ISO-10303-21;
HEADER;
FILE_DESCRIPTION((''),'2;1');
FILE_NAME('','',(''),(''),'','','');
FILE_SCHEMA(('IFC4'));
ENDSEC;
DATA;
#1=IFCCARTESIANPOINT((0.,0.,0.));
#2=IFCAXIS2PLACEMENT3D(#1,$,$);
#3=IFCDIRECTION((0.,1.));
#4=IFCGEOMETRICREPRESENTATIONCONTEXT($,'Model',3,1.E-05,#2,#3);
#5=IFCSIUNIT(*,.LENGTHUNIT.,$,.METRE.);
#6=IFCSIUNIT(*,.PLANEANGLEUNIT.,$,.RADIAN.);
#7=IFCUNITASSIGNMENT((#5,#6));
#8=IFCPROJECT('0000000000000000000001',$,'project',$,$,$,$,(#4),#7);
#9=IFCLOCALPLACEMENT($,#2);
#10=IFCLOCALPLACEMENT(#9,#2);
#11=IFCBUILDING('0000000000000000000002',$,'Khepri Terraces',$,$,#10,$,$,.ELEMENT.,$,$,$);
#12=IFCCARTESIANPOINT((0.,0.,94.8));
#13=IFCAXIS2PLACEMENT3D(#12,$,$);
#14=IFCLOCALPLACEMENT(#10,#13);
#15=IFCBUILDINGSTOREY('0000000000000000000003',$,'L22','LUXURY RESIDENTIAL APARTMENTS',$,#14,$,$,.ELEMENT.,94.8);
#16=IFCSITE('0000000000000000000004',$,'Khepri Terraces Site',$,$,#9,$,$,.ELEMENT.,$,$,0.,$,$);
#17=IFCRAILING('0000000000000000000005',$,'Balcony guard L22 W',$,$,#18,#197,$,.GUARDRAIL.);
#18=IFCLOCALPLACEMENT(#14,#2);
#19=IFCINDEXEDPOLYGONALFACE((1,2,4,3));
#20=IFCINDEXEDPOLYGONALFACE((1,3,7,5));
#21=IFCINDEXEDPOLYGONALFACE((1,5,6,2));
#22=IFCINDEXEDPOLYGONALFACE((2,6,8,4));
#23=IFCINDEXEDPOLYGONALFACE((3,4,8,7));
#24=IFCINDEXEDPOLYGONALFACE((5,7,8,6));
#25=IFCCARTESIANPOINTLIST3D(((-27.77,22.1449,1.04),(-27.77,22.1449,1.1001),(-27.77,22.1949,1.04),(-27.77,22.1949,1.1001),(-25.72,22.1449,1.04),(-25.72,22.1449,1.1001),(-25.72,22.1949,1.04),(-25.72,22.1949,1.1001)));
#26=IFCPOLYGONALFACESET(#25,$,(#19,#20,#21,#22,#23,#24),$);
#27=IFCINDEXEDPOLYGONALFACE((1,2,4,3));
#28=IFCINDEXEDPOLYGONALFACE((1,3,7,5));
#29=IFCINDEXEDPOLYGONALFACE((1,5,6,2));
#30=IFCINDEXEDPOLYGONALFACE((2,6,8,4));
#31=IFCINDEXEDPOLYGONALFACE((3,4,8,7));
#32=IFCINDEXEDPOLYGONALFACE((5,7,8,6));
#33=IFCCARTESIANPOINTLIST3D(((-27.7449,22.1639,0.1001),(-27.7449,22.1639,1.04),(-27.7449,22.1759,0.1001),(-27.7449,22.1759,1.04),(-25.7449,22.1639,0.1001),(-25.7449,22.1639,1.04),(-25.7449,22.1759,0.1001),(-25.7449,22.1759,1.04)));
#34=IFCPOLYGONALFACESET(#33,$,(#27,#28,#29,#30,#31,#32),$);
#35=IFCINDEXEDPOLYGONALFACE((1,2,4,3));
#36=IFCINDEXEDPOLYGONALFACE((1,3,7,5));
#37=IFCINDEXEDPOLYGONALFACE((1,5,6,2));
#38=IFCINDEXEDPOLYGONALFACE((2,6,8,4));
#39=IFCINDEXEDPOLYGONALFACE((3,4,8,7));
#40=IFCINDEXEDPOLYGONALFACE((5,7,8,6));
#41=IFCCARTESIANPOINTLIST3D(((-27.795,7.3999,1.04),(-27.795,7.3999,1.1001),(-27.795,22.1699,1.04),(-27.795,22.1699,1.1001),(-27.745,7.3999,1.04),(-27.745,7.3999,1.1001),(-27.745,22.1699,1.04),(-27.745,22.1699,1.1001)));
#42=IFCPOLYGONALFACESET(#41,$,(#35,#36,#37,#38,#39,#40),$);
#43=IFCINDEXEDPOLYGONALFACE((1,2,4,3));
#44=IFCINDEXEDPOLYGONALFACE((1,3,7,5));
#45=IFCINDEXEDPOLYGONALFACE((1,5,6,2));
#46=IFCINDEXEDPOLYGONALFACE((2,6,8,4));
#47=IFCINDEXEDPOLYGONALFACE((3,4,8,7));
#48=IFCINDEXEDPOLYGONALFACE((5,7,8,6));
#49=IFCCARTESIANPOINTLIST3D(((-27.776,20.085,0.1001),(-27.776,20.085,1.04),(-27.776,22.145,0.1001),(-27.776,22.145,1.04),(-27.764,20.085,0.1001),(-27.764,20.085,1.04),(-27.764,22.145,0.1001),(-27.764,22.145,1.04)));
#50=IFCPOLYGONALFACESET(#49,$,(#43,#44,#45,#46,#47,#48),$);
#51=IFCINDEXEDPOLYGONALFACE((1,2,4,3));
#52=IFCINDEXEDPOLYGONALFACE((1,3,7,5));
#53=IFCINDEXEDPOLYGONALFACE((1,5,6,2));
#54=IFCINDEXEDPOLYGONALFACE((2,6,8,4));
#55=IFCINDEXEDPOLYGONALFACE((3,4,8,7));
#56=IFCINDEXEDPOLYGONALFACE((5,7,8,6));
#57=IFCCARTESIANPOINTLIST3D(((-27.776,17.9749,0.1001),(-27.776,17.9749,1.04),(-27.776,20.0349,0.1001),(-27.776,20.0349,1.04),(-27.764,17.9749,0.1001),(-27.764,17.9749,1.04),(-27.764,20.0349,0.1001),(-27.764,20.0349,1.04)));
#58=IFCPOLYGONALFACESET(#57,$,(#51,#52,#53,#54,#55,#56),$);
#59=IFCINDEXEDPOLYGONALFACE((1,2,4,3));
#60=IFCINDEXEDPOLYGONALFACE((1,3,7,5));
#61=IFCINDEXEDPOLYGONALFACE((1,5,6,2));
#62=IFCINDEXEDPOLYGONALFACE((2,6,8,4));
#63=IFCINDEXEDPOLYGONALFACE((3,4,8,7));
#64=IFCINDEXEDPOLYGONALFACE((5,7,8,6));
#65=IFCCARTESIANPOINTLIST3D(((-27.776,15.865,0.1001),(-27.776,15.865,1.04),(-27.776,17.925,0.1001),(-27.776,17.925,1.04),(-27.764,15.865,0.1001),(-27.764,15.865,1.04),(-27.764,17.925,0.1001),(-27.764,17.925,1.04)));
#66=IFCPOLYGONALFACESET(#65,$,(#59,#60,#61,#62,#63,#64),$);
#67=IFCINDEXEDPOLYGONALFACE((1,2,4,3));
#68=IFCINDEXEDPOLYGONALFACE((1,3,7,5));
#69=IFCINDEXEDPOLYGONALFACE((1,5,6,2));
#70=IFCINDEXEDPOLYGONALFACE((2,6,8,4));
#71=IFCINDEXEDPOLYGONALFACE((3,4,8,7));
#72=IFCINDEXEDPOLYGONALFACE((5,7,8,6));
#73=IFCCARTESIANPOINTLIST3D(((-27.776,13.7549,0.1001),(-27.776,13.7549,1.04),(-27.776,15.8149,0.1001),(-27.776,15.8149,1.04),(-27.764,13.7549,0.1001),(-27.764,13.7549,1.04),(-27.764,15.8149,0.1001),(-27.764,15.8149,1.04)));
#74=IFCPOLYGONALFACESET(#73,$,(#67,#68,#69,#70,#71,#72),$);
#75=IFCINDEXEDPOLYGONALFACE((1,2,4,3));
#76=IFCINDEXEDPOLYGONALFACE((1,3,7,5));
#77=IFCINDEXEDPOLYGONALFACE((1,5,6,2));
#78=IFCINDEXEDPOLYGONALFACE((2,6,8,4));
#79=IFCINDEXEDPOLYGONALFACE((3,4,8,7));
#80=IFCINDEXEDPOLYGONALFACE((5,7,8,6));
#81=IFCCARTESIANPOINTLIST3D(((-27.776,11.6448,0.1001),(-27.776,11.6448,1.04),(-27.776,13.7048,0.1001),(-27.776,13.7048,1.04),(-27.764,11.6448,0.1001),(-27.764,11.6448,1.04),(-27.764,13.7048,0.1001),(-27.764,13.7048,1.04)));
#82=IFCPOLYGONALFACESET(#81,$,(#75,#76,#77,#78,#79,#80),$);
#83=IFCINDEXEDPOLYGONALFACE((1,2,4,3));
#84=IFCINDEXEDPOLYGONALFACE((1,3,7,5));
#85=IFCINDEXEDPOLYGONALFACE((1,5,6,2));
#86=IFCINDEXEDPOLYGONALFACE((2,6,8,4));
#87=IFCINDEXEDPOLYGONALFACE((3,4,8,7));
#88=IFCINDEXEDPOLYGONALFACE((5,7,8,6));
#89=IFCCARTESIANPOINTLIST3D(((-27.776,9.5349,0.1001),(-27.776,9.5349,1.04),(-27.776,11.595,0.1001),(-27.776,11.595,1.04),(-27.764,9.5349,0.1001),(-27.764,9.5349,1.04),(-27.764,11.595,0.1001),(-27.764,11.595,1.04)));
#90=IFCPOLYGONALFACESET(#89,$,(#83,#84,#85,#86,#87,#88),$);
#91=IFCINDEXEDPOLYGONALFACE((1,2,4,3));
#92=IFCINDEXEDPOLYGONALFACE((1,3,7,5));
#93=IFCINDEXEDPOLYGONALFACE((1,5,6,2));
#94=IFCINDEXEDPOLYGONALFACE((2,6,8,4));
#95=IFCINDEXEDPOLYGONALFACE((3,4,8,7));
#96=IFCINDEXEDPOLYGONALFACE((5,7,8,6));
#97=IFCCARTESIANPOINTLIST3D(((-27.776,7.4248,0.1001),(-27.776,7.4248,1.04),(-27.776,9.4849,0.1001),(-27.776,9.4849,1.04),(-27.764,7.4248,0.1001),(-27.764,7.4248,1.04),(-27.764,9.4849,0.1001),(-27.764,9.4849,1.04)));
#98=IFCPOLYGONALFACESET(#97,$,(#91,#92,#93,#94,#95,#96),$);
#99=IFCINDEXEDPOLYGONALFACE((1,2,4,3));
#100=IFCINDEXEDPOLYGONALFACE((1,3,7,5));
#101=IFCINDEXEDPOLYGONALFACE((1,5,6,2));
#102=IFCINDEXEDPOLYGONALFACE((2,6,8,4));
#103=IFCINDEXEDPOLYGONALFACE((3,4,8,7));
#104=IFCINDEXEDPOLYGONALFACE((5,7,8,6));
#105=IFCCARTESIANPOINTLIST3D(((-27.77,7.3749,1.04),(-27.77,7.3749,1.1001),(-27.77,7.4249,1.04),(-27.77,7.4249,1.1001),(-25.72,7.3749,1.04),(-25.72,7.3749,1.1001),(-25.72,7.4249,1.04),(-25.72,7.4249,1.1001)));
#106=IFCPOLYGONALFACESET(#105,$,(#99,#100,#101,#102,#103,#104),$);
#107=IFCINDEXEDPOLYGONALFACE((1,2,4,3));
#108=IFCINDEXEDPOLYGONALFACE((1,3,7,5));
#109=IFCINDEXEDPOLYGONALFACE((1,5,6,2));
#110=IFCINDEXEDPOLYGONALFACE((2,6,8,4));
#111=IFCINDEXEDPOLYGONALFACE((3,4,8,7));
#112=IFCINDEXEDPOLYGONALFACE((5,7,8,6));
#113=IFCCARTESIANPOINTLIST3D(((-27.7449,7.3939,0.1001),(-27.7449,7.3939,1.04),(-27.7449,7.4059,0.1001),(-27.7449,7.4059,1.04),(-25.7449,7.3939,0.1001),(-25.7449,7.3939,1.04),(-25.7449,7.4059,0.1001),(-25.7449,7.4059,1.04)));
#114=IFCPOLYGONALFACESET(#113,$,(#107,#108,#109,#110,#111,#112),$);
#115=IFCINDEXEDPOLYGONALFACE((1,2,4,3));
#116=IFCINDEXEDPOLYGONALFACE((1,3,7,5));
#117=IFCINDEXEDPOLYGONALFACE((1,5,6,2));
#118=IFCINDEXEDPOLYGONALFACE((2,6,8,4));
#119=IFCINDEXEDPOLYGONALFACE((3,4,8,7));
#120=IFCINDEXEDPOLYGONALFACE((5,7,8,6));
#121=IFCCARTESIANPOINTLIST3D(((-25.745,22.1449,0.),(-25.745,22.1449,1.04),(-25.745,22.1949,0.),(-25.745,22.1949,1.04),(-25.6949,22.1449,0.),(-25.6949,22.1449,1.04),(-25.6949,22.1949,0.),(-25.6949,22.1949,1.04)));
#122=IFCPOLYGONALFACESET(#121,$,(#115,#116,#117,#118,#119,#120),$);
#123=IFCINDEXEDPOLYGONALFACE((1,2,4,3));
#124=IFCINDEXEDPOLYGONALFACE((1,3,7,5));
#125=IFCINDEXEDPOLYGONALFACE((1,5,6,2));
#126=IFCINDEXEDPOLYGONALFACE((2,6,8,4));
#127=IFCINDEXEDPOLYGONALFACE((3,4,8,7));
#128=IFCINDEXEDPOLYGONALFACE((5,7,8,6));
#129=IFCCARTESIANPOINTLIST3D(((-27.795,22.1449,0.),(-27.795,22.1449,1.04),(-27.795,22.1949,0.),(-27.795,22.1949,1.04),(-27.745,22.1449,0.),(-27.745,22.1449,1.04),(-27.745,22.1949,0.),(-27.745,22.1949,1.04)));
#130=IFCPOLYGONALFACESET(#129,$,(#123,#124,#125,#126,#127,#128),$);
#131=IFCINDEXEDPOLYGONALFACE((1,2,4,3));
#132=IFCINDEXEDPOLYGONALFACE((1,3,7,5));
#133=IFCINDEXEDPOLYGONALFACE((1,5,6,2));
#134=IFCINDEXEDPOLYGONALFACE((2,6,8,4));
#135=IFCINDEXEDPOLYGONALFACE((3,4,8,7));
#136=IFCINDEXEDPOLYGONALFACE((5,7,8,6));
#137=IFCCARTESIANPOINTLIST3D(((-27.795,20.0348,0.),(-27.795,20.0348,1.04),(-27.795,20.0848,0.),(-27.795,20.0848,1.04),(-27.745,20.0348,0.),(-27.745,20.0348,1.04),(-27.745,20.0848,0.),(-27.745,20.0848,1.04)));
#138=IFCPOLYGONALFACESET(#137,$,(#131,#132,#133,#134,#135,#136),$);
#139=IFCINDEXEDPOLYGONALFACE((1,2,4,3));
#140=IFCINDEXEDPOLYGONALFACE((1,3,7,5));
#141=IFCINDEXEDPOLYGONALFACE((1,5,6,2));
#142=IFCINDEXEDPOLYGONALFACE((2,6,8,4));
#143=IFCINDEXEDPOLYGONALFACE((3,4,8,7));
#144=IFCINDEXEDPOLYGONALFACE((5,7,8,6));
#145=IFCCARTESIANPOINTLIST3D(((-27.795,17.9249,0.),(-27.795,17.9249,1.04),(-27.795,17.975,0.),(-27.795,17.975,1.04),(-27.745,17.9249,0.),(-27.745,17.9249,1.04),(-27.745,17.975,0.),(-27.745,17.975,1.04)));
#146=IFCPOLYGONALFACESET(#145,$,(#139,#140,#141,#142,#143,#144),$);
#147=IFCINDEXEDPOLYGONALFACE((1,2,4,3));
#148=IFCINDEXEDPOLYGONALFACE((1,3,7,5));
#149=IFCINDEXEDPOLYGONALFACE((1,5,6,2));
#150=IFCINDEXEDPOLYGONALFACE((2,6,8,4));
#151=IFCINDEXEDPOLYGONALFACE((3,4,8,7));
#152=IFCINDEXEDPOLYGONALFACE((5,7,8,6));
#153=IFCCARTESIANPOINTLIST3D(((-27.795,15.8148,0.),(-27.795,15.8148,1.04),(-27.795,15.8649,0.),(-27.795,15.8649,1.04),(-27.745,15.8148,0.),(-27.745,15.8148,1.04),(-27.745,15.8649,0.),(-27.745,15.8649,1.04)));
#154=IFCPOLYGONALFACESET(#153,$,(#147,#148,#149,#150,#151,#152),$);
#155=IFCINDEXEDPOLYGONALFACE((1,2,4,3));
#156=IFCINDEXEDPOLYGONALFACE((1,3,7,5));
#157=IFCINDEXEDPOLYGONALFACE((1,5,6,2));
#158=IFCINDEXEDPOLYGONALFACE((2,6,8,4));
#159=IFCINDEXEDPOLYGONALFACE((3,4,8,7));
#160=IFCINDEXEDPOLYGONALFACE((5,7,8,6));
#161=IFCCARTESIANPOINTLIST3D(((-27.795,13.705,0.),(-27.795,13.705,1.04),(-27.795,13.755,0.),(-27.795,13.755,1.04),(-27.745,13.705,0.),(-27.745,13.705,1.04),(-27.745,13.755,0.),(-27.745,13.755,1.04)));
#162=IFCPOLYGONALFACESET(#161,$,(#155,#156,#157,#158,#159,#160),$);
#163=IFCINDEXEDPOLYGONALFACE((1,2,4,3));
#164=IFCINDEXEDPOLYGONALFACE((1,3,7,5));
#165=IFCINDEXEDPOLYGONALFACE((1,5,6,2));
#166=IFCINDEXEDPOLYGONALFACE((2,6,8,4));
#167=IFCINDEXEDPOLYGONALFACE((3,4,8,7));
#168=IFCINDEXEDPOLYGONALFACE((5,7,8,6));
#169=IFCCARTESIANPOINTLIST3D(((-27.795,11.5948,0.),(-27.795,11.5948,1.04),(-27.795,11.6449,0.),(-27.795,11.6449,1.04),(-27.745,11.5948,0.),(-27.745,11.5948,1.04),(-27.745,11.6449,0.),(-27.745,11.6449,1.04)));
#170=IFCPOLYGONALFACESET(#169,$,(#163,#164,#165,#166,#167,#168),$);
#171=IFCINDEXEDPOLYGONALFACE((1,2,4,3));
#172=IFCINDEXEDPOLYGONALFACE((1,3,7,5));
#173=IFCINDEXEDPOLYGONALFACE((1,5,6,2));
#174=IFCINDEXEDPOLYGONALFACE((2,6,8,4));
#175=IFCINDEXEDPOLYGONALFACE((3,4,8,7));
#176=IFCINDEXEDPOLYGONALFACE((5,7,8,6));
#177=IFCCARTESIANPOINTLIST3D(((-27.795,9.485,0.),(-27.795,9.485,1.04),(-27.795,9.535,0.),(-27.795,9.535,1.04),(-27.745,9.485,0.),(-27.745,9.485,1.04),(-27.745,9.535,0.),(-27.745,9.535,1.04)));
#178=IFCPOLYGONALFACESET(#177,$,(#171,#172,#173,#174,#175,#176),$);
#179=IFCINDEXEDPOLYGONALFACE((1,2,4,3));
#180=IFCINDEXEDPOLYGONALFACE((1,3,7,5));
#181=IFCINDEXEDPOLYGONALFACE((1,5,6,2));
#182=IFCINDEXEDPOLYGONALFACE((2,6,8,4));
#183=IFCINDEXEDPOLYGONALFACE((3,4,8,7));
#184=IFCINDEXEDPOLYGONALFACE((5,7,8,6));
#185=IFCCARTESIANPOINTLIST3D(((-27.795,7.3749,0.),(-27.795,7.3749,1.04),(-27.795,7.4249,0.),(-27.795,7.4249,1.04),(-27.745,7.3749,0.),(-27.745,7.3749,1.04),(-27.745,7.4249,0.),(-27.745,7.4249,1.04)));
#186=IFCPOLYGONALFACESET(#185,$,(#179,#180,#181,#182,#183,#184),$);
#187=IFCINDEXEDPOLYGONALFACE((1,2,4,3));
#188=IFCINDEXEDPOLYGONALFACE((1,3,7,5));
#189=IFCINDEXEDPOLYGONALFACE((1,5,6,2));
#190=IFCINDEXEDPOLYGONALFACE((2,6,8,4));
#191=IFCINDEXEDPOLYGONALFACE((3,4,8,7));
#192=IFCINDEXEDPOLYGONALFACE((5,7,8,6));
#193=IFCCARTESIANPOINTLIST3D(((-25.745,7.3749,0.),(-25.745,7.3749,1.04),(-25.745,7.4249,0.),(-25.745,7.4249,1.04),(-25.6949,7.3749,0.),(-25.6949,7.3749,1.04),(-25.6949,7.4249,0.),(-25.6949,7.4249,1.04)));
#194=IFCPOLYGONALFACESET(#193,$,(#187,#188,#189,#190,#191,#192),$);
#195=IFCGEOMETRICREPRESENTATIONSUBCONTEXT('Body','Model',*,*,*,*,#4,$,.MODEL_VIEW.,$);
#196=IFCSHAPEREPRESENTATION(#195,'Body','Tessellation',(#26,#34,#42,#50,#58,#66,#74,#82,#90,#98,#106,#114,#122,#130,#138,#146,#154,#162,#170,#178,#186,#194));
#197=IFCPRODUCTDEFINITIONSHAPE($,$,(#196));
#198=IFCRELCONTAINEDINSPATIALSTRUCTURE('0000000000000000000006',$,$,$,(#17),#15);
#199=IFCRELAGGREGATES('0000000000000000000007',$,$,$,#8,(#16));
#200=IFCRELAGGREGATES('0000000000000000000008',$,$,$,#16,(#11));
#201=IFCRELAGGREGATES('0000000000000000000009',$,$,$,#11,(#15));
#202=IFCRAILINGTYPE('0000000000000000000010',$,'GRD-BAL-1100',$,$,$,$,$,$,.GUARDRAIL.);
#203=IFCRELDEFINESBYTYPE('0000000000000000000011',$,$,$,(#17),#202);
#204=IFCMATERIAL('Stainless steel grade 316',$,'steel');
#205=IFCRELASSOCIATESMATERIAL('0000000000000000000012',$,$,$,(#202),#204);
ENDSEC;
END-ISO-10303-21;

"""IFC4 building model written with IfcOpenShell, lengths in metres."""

from ifc_helpers import new_model, si_unit, direction, frame, origin, origin_2d, place, context, subcontext, project, spatial, rectangle, extrude, material, type_object, element, save


model = new_model("IFC4")

# Units and contexts
model_context = context("Model", 3, precision=1e-05, world=origin(), true_north=direction((0.0, 1.0)))
body_context = subcontext(model_context, "Body", "Model", "MODEL_VIEW")
ifc_project = project(units=[si_unit("LENGTHUNIT", "METRE"), si_unit("PLANEANGLEUNIT", "RADIAN")], contexts=[model_context])

# Site, building, storey
site_placement = place(None, origin())
site = spatial("IfcSite", under=ifc_project, at=site_placement, Name="Khepri Terraces Site", CompositionType="ELEMENT", RefElevation=0.0)
building_placement = place(site_placement, origin())
building = spatial("IfcBuilding", under=site, at=building_placement, Name="Khepri Terraces", CompositionType="ELEMENT")
storey_placement = place(building_placement, frame((0.0, 0.0, 94.8)))
storey = spatial("IfcBuildingStorey", under=building, at=storey_placement, Name="L22", Description="LUXURY RESIDENTIAL APARTMENTS", CompositionType="ELEMENT", Elevation=94.8)

# Railing
ifc_material_1 = material(Name="Stainless steel grade 316", Category="steel")
railing_type = type_object("IfcRailingType", Name="GRD-BAL-1100", PredefinedType="GUARDRAIL", material=ifc_material_1)
railing_placement = place(storey_placement, frame((-25.72, 22.1699, 0.0)))
element("IfcRailing", 1, at=railing_placement, inside=storey, type_object=railing_type, Name="Balcony guard L22 W", PredefinedType="GUARDRAIL", context=body_context, shape_type="SweptSolid", body=[
    extrude(rectangle(XDim=0.05, YDim=0.0601, at=origin_2d()), frame((0.0, 0.0, 1.0701), z_axis=(-1.0, 0.0, 0.0), x_axis=(0.0, -1.0, 0.0)), (0.0, 0.0, 1.0), 2.05),
    extrude(rectangle(XDim=2.0, YDim=0.012, at=origin_2d()), frame((-1.0249, 0.0, 0.1001), z_axis=(0.0, 0.0, 1.0), x_axis=(-1.0, 0.0, 0.0)), (0.0, 0.0, 1.0), 0.9399),
    extrude(rectangle(XDim=0.05, YDim=0.0601, at=origin_2d()), frame((-2.05, 0.0, 1.0701), z_axis=(0.0, -1.0, 0.0), x_axis=(1.0, 0.0, 0.0)), (0.0, 0.0, 1.0), 14.77),
    extrude(rectangle(XDim=2.0601, YDim=0.012, at=origin_2d()), frame((-2.05, -1.0549, 0.1001), z_axis=(0.0, 0.0, 1.0), x_axis=(0.0, -1.0, 0.0)), (0.0, 0.0, 1.0), 0.9399),
    extrude(rectangle(XDim=2.0601, YDim=0.012, at=origin_2d()), frame((-2.05, -3.165, 0.1001), z_axis=(0.0, 0.0, 1.0), x_axis=(0.0, -1.0, 0.0)), (0.0, 0.0, 1.0), 0.9399),
    extrude(rectangle(XDim=2.0601, YDim=0.012, at=origin_2d()), frame((-2.05, -5.2749, 0.1001), z_axis=(0.0, 0.0, 1.0), x_axis=(0.0, -1.0, 0.0)), (0.0, 0.0, 1.0), 0.9399),
    extrude(rectangle(XDim=2.0601, YDim=0.012, at=origin_2d()), frame((-2.05, -7.385, 0.1001), z_axis=(0.0, 0.0, 1.0), x_axis=(0.0, -1.0, 0.0)), (0.0, 0.0, 1.0), 0.9399),
    extrude(rectangle(XDim=2.0601, YDim=0.012, at=origin_2d()), frame((-2.05, -9.4951, 0.1001), z_axis=(0.0, 0.0, 1.0), x_axis=(0.0, -1.0, 0.0)), (0.0, 0.0, 1.0), 0.9399),
    extrude(rectangle(XDim=2.0601, YDim=0.012, at=origin_2d()), frame((-2.05, -11.605, 0.1001), z_axis=(0.0, 0.0, 1.0), x_axis=(0.0, -1.0, 0.0)), (0.0, 0.0, 1.0), 0.9399),
    extrude(rectangle(XDim=2.0601, YDim=0.012, at=origin_2d()), frame((-2.05, -13.7151, 0.1001), z_axis=(0.0, 0.0, 1.0), x_axis=(0.0, -1.0, 0.0)), (0.0, 0.0, 1.0), 0.9399),
    extrude(rectangle(XDim=0.05, YDim=0.0601, at=origin_2d()), frame((-2.05, -14.77, 1.0701), z_axis=(1.0, 0.0, 0.0), x_axis=(0.0, 1.0, 0.0)), (0.0, 0.0, 1.0), 2.05),
    extrude(rectangle(XDim=2.0, YDim=0.012, at=origin_2d()), frame((-1.0249, -14.77, 0.1001), z_axis=(0.0, 0.0, 1.0), x_axis=(1.0, 0.0, 0.0)), (0.0, 0.0, 1.0), 0.9399),
    extrude(rectangle(XDim=0.05, YDim=0.05, at=origin_2d()), origin(), (0.0, 0.0, 1.0), 1.04),
    extrude(rectangle(XDim=0.05, YDim=0.05, at=origin_2d()), frame((-2.05, 0.0, 0.0)), (0.0, 0.0, 1.0), 1.04),
    extrude(rectangle(XDim=0.05, YDim=0.05, at=origin_2d()), frame((-2.05, -2.1101, 0.0)), (0.0, 0.0, 1.0), 1.04),
    extrude(rectangle(XDim=0.05, YDim=0.05, at=origin_2d()), frame((-2.05, -4.22, 0.0)), (0.0, 0.0, 1.0), 1.04),
    extrude(rectangle(XDim=0.05, YDim=0.05, at=origin_2d()), frame((-2.05, -6.3301, 0.0)), (0.0, 0.0, 1.0), 1.04),
    extrude(rectangle(XDim=0.05, YDim=0.05, at=origin_2d()), frame((-2.05, -8.4399, 0.0)), (0.0, 0.0, 1.0), 1.04),
    extrude(rectangle(XDim=0.05, YDim=0.05, at=origin_2d()), frame((-2.05, -10.55, 0.0)), (0.0, 0.0, 1.0), 1.04),
    extrude(rectangle(XDim=0.05, YDim=0.05, at=origin_2d()), frame((-2.05, -12.6599, 0.0)), (0.0, 0.0, 1.0), 1.04),
    extrude(rectangle(XDim=0.05, YDim=0.05, at=origin_2d()), frame((-2.05, -14.77, 0.0)), (0.0, 0.0, 1.0), 1.04),
    extrude(rectangle(XDim=0.05, YDim=0.05, at=origin_2d()), frame((0.0, -14.77, 0.0)), (0.0, 0.0, 1.0), 1.04),
])

save(model, "model.ifc")
